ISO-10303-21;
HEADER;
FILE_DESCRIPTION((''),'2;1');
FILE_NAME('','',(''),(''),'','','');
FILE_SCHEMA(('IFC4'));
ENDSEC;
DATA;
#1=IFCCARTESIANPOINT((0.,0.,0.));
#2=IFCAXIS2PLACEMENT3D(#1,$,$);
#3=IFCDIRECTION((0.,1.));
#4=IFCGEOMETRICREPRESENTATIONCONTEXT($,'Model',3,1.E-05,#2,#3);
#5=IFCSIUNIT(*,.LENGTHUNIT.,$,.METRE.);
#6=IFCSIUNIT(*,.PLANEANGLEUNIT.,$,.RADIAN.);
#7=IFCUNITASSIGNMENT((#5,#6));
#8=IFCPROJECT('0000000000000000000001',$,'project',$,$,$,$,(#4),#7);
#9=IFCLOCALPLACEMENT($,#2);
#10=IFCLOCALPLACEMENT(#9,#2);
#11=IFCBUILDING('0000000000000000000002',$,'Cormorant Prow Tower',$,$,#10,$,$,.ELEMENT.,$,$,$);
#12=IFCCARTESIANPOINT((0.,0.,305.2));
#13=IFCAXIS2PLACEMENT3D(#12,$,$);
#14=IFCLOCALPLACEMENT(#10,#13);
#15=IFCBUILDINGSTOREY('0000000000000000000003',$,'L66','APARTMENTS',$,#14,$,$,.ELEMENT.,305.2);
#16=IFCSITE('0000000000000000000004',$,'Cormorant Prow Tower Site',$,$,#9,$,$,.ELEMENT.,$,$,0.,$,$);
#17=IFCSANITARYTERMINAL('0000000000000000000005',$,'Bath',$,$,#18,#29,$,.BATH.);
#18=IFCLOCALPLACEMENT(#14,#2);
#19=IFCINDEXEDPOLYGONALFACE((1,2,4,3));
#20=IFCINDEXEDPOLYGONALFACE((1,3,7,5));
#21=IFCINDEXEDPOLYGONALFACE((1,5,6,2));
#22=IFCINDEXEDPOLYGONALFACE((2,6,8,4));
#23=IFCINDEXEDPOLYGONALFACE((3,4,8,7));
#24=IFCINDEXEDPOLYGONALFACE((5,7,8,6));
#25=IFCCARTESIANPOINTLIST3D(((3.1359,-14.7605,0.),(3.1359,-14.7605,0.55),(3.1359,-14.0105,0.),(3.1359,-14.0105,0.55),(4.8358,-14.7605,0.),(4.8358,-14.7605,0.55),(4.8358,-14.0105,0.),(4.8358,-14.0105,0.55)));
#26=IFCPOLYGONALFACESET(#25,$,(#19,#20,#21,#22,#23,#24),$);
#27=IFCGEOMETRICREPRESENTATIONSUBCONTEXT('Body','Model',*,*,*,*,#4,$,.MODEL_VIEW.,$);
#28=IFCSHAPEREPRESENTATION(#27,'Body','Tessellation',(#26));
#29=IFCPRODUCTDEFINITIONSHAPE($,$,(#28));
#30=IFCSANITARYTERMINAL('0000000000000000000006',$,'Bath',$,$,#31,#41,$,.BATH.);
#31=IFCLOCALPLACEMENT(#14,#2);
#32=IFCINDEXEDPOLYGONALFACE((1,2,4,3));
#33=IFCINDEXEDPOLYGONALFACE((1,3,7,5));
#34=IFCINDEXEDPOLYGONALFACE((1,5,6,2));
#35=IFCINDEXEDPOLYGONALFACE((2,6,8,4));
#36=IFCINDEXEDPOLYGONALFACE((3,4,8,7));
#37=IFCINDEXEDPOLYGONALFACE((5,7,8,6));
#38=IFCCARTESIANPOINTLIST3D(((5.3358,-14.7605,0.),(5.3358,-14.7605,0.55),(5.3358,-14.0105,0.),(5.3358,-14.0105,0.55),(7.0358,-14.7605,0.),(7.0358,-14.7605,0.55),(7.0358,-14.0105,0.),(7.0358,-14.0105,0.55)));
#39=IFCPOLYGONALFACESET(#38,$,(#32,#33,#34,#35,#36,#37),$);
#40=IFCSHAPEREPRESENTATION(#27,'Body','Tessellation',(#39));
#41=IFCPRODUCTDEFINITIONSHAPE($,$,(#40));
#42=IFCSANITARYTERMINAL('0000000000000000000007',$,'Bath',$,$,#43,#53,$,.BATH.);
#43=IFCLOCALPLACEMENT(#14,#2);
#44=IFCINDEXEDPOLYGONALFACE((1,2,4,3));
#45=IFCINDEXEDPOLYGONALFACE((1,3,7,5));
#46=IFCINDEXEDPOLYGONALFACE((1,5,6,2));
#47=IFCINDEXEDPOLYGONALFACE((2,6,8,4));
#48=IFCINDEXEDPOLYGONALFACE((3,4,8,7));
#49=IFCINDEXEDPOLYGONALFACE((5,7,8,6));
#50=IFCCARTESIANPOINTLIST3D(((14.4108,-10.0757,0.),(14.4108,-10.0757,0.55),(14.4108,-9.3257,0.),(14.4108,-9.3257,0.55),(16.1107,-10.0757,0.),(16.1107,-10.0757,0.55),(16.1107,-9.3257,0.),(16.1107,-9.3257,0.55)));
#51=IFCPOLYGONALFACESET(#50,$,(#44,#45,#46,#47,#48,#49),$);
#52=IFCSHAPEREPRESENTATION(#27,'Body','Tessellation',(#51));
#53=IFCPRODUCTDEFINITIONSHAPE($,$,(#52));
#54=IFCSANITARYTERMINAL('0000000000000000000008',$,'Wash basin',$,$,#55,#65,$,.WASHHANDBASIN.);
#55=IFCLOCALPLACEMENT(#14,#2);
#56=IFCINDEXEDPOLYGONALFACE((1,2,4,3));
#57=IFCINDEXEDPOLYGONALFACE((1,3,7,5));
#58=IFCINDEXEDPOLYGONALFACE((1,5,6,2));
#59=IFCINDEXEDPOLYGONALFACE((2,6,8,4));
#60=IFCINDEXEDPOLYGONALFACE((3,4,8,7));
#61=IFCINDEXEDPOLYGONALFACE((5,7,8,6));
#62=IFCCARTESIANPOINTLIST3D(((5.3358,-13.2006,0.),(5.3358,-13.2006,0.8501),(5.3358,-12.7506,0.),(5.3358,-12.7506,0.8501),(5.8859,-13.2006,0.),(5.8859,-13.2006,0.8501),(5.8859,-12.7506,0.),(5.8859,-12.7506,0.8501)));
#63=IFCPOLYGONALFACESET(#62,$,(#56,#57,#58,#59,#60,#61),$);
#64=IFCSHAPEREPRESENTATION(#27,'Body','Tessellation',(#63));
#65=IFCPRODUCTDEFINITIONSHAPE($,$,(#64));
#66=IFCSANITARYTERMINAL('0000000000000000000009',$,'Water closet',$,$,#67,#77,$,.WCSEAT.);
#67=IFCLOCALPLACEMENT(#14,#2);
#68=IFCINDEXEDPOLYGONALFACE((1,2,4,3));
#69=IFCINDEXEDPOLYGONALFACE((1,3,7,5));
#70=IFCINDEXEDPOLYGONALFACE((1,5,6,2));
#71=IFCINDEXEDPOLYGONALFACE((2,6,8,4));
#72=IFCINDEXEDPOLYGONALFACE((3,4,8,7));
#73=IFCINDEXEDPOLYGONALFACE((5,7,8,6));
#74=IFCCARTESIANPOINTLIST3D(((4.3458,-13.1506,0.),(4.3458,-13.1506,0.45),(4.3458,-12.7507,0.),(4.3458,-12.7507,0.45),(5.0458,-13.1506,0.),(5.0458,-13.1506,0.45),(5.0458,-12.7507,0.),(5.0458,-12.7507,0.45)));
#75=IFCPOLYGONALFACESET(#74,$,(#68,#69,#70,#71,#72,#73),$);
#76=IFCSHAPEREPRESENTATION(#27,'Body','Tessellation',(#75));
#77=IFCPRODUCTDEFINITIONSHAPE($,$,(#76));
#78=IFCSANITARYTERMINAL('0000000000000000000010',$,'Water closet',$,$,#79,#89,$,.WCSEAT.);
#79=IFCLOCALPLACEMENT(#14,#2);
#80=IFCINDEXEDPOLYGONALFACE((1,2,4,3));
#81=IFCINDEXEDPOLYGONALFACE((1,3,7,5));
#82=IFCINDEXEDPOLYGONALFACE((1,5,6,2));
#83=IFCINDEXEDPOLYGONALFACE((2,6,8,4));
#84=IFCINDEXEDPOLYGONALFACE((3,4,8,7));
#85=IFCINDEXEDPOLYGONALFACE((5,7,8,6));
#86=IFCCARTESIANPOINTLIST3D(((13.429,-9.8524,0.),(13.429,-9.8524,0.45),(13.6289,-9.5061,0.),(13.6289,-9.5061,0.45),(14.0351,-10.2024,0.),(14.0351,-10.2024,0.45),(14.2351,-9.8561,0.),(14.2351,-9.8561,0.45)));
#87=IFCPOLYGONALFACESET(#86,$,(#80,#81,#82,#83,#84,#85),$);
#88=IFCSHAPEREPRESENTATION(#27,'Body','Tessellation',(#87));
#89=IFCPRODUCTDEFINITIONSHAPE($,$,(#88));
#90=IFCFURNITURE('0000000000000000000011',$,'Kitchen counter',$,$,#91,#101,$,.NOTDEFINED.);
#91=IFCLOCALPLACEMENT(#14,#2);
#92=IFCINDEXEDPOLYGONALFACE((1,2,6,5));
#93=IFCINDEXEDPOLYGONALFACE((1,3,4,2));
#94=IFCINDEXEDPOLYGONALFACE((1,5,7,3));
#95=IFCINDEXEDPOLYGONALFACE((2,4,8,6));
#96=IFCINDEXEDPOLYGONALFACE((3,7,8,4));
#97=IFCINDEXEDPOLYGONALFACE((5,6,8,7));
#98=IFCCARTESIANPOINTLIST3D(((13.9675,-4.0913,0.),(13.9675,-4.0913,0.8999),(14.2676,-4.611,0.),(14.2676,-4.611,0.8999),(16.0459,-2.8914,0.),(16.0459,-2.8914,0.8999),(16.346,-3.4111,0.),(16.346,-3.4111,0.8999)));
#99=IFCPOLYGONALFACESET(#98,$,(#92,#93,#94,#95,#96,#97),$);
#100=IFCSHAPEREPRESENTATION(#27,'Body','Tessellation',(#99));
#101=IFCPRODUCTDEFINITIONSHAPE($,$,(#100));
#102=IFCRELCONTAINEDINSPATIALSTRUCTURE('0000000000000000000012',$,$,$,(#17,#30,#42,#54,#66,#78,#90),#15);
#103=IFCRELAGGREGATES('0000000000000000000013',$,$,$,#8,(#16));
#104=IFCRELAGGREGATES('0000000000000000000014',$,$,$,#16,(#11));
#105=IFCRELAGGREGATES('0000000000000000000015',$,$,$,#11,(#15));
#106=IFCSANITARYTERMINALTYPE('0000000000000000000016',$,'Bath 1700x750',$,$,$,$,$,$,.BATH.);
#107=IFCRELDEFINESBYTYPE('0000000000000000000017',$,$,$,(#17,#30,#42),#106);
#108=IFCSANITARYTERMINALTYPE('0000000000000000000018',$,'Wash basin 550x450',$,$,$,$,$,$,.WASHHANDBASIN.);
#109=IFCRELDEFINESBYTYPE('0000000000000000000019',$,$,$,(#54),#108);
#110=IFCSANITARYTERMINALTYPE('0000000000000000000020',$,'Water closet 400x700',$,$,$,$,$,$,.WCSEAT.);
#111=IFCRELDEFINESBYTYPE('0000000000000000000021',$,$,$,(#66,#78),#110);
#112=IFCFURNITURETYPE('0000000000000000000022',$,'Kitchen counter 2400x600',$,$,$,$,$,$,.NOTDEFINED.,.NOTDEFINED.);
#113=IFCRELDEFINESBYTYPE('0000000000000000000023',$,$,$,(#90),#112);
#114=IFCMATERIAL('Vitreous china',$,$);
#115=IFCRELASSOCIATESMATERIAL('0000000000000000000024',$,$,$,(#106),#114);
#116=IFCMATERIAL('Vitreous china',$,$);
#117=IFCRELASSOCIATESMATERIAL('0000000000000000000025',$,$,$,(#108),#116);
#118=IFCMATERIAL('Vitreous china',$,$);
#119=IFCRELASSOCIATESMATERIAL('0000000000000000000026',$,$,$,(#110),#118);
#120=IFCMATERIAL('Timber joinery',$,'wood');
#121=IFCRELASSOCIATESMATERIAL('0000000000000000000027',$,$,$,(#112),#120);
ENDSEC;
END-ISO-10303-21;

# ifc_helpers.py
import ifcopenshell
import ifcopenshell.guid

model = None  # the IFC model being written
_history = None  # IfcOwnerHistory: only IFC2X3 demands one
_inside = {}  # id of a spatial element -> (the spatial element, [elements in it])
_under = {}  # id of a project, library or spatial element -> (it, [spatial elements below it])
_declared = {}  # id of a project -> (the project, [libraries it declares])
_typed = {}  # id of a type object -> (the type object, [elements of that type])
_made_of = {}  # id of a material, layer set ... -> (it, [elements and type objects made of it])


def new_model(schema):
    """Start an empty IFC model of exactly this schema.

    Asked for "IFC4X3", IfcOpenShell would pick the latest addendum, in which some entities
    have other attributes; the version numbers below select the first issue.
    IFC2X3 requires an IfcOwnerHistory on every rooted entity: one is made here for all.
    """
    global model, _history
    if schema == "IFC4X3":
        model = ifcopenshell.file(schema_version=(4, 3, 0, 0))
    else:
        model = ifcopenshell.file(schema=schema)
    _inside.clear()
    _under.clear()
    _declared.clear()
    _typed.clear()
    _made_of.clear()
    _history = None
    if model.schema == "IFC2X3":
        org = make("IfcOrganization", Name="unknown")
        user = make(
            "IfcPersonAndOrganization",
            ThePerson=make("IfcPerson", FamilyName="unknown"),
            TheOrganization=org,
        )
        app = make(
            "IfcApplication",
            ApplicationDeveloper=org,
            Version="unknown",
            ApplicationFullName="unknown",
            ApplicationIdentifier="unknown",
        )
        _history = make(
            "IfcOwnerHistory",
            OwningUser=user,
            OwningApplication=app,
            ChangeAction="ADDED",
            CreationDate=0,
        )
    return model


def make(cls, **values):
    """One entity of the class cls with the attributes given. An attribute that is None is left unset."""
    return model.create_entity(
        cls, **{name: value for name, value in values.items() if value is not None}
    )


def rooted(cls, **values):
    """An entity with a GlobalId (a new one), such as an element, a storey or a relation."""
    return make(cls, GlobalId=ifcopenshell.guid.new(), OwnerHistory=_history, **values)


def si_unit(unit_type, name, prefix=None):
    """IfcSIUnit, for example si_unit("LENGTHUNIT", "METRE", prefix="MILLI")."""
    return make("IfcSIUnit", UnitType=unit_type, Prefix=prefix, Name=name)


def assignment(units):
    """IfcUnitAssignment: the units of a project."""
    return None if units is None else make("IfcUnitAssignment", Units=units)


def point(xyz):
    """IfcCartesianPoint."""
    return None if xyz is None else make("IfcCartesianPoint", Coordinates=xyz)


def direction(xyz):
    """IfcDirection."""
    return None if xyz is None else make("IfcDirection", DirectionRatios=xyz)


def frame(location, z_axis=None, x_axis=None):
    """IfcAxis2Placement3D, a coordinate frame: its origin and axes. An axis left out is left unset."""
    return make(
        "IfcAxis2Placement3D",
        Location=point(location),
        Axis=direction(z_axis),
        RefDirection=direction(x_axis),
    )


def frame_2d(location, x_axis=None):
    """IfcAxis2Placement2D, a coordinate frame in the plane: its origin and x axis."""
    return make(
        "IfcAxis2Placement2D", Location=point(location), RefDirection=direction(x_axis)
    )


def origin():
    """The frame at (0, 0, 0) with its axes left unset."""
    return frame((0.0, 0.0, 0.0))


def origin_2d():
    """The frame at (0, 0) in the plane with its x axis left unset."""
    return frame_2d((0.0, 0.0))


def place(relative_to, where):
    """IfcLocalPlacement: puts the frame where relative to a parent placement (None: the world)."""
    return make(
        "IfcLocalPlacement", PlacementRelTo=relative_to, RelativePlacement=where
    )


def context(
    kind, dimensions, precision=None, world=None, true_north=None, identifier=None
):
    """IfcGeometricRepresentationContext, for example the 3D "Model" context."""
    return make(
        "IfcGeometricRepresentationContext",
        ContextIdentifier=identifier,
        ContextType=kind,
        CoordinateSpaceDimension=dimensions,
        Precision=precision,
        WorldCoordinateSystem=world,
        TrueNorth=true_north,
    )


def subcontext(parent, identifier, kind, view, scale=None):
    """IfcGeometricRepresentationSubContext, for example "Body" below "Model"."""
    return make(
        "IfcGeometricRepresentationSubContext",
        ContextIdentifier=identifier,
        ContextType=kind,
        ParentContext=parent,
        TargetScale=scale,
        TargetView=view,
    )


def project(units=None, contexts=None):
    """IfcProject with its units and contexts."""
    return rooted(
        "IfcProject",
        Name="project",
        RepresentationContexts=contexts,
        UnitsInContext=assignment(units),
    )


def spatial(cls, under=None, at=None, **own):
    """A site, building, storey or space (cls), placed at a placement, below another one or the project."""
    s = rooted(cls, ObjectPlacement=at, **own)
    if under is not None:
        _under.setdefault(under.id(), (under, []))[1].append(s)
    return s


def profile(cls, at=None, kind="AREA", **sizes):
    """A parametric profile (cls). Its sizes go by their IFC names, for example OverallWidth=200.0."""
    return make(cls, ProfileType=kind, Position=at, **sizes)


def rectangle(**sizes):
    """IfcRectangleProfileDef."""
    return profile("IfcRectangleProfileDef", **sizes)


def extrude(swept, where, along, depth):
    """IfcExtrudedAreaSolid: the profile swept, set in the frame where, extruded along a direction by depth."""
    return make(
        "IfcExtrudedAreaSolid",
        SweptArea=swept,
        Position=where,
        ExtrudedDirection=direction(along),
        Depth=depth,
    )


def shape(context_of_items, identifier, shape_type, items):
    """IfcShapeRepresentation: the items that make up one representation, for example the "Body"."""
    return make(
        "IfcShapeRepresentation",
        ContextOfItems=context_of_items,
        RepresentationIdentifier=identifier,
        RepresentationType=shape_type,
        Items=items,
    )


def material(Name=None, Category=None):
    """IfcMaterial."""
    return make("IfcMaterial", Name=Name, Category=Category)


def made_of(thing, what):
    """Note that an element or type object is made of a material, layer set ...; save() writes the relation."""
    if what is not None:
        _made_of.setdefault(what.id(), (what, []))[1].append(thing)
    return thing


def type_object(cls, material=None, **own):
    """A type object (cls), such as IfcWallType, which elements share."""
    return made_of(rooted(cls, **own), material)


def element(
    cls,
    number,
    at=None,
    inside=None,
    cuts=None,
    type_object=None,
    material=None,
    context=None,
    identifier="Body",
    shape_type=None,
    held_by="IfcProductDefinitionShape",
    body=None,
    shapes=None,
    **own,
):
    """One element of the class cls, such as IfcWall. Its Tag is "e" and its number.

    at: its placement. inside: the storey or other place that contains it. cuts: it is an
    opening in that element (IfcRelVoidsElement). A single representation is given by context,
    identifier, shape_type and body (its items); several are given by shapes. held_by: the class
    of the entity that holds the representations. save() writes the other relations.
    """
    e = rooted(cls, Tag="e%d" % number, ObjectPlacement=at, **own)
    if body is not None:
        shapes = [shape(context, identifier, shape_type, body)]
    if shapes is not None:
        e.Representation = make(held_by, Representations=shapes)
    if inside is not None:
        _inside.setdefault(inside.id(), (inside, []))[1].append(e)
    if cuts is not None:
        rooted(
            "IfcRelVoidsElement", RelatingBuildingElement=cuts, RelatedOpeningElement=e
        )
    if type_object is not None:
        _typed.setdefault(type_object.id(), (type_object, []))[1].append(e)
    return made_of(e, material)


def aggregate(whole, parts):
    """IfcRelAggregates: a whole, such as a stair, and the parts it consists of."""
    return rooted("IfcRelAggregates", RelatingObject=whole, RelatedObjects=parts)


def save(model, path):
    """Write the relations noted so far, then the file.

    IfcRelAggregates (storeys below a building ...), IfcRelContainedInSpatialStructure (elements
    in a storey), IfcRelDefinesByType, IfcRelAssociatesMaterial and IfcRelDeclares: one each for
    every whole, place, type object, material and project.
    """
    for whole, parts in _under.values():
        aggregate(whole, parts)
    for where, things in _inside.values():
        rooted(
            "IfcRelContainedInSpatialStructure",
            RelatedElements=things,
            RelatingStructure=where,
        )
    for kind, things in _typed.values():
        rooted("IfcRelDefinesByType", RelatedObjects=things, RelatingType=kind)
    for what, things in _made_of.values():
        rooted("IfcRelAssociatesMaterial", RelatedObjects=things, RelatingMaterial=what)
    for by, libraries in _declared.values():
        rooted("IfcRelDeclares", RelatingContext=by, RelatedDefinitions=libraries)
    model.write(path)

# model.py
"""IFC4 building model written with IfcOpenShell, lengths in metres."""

from ifc_helpers import new_model, si_unit, direction, frame, origin, origin_2d, place, context, subcontext, project, spatial, rectangle, extrude, material, type_object, element, save


model = new_model("IFC4")

# Units and contexts
model_context = context("Model", 3, precision=1e-05, world=origin(), true_north=direction((0.0, 1.0)))
body_context = subcontext(model_context, "Body", "Model", "MODEL_VIEW")
ifc_project = project(units=[si_unit("LENGTHUNIT", "METRE"), si_unit("PLANEANGLEUNIT", "RADIAN")], contexts=[model_context])

# Site, building, storey
site_placement = place(None, origin())
site = spatial("IfcSite", under=ifc_project, at=site_placement, Name="Cormorant Prow Tower Site", CompositionType="ELEMENT", RefElevation=0.0)
building_placement = place(site_placement, origin())
building = spatial("IfcBuilding", under=site, at=building_placement, Name="Cormorant Prow Tower", CompositionType="ELEMENT")
storey_placement = place(building_placement, frame((0.0, 0.0, 305.2)))
storey = spatial("IfcBuildingStorey", under=building, at=storey_placement, Name="L66", Description="APARTMENTS", CompositionType="ELEMENT", Elevation=305.2)

# Sanitary terminals
ifc_material_1 = material(Name="Vitreous china")
sanitary_terminal_type_1 = type_object("IfcSanitaryTerminalType", Name="Bath 1700x750", PredefinedType="BATH", material=ifc_material_1)
for number, where, z_axis, x_axis, name in (
    (1, (3.9858, -14.3855, 0.0), (0.0, 0.0, 1.0), (1.0, 0.0, 0.0), "Bath"),
    (2, (6.1858, -14.3855, 0.0), (0.0, 0.0, 1.0), (1.0, 0.0, 0.0), "Bath"),
    (3, (15.2607, -9.7007, 0.0), (0.0, 0.0, 1.0), (1.0, 0.0, 0.0), "Bath"),
):
    element("IfcSanitaryTerminal", number, at=place(storey_placement, frame(where, z_axis=z_axis, x_axis=x_axis)), inside=storey, type_object=sanitary_terminal_type_1, Name=name, PredefinedType="BATH", context=body_context, shape_type="SweptSolid", body=[
        extrude(rectangle(XDim=1.7, YDim=0.75, at=origin_2d()), origin(), (0.0, 0.0, 1.0), 0.55),
    ])
ifc_material_2 = material(Name="Vitreous china")
sanitary_terminal_type_2 = type_object("IfcSanitaryTerminalType", Name="Wash basin 550x450", PredefinedType="WASHHANDBASIN", material=ifc_material_2)
sanitary_terminal_placement = place(storey_placement, frame((5.6108, -12.9756, 0.0), z_axis=(0.0, 0.0, 1.0), x_axis=(1.0, 0.0, 0.0)))
element("IfcSanitaryTerminal", 4, at=sanitary_terminal_placement, inside=storey, type_object=sanitary_terminal_type_2, Name="Wash basin", PredefinedType="WASHHANDBASIN", context=body_context, shape_type="SweptSolid", body=[
    extrude(rectangle(XDim=0.55, YDim=0.45, at=origin_2d()), origin(), (0.0, 0.0, 1.0), 0.8501),
])
ifc_material_3 = material(Name="Vitreous china")
sanitary_terminal_type_3 = type_object("IfcSanitaryTerminalType", Name="Water closet 400x700", PredefinedType="WCSEAT", material=ifc_material_3)
for number, where, z_axis, x_axis, name in (
    (5, (4.6958, -12.9507, 0.0), (0.0, 0.0, 1.0), (0.0, -1.0, 0.0), "Water closet"),
    (6, (13.832, -9.8542, 0.0), (0.0, 0.0, 1.0), (0.5, 0.866025, 0.0), "Water closet"),
):
    element("IfcSanitaryTerminal", number, at=place(storey_placement, frame(where, z_axis=z_axis, x_axis=x_axis)), inside=storey, type_object=sanitary_terminal_type_3, Name=name, PredefinedType="WCSEAT", context=body_context, shape_type="SweptSolid", body=[
        extrude(rectangle(XDim=0.3999, YDim=0.7, at=origin_2d()), origin(), (0.0, 0.0, 1.0), 0.45),
    ])

# Furniture
ifc_material_4 = material(Name="Timber joinery", Category="wood")
furniture_type = type_object("IfcFurnitureType", Name="Kitchen counter 2400x600", AssemblyPlace="NOTDEFINED", PredefinedType="NOTDEFINED", material=ifc_material_4)
furniture_placement = place(storey_placement, frame((15.1567, -3.7512, 0.0), z_axis=(0.0, 0.0, 1.0), x_axis=(0.866025, 0.5, 0.0)))
element("IfcFurniture", 7, at=furniture_placement, inside=storey, type_object=furniture_type, Name="Kitchen counter", PredefinedType="NOTDEFINED", context=body_context, shape_type="SweptSolid", body=[
    extrude(rectangle(XDim=2.3999, YDim=0.6001, at=origin_2d()), origin(), (0.0, 0.0, 1.0), 0.8999),
])

save(model, "model.ifc")
